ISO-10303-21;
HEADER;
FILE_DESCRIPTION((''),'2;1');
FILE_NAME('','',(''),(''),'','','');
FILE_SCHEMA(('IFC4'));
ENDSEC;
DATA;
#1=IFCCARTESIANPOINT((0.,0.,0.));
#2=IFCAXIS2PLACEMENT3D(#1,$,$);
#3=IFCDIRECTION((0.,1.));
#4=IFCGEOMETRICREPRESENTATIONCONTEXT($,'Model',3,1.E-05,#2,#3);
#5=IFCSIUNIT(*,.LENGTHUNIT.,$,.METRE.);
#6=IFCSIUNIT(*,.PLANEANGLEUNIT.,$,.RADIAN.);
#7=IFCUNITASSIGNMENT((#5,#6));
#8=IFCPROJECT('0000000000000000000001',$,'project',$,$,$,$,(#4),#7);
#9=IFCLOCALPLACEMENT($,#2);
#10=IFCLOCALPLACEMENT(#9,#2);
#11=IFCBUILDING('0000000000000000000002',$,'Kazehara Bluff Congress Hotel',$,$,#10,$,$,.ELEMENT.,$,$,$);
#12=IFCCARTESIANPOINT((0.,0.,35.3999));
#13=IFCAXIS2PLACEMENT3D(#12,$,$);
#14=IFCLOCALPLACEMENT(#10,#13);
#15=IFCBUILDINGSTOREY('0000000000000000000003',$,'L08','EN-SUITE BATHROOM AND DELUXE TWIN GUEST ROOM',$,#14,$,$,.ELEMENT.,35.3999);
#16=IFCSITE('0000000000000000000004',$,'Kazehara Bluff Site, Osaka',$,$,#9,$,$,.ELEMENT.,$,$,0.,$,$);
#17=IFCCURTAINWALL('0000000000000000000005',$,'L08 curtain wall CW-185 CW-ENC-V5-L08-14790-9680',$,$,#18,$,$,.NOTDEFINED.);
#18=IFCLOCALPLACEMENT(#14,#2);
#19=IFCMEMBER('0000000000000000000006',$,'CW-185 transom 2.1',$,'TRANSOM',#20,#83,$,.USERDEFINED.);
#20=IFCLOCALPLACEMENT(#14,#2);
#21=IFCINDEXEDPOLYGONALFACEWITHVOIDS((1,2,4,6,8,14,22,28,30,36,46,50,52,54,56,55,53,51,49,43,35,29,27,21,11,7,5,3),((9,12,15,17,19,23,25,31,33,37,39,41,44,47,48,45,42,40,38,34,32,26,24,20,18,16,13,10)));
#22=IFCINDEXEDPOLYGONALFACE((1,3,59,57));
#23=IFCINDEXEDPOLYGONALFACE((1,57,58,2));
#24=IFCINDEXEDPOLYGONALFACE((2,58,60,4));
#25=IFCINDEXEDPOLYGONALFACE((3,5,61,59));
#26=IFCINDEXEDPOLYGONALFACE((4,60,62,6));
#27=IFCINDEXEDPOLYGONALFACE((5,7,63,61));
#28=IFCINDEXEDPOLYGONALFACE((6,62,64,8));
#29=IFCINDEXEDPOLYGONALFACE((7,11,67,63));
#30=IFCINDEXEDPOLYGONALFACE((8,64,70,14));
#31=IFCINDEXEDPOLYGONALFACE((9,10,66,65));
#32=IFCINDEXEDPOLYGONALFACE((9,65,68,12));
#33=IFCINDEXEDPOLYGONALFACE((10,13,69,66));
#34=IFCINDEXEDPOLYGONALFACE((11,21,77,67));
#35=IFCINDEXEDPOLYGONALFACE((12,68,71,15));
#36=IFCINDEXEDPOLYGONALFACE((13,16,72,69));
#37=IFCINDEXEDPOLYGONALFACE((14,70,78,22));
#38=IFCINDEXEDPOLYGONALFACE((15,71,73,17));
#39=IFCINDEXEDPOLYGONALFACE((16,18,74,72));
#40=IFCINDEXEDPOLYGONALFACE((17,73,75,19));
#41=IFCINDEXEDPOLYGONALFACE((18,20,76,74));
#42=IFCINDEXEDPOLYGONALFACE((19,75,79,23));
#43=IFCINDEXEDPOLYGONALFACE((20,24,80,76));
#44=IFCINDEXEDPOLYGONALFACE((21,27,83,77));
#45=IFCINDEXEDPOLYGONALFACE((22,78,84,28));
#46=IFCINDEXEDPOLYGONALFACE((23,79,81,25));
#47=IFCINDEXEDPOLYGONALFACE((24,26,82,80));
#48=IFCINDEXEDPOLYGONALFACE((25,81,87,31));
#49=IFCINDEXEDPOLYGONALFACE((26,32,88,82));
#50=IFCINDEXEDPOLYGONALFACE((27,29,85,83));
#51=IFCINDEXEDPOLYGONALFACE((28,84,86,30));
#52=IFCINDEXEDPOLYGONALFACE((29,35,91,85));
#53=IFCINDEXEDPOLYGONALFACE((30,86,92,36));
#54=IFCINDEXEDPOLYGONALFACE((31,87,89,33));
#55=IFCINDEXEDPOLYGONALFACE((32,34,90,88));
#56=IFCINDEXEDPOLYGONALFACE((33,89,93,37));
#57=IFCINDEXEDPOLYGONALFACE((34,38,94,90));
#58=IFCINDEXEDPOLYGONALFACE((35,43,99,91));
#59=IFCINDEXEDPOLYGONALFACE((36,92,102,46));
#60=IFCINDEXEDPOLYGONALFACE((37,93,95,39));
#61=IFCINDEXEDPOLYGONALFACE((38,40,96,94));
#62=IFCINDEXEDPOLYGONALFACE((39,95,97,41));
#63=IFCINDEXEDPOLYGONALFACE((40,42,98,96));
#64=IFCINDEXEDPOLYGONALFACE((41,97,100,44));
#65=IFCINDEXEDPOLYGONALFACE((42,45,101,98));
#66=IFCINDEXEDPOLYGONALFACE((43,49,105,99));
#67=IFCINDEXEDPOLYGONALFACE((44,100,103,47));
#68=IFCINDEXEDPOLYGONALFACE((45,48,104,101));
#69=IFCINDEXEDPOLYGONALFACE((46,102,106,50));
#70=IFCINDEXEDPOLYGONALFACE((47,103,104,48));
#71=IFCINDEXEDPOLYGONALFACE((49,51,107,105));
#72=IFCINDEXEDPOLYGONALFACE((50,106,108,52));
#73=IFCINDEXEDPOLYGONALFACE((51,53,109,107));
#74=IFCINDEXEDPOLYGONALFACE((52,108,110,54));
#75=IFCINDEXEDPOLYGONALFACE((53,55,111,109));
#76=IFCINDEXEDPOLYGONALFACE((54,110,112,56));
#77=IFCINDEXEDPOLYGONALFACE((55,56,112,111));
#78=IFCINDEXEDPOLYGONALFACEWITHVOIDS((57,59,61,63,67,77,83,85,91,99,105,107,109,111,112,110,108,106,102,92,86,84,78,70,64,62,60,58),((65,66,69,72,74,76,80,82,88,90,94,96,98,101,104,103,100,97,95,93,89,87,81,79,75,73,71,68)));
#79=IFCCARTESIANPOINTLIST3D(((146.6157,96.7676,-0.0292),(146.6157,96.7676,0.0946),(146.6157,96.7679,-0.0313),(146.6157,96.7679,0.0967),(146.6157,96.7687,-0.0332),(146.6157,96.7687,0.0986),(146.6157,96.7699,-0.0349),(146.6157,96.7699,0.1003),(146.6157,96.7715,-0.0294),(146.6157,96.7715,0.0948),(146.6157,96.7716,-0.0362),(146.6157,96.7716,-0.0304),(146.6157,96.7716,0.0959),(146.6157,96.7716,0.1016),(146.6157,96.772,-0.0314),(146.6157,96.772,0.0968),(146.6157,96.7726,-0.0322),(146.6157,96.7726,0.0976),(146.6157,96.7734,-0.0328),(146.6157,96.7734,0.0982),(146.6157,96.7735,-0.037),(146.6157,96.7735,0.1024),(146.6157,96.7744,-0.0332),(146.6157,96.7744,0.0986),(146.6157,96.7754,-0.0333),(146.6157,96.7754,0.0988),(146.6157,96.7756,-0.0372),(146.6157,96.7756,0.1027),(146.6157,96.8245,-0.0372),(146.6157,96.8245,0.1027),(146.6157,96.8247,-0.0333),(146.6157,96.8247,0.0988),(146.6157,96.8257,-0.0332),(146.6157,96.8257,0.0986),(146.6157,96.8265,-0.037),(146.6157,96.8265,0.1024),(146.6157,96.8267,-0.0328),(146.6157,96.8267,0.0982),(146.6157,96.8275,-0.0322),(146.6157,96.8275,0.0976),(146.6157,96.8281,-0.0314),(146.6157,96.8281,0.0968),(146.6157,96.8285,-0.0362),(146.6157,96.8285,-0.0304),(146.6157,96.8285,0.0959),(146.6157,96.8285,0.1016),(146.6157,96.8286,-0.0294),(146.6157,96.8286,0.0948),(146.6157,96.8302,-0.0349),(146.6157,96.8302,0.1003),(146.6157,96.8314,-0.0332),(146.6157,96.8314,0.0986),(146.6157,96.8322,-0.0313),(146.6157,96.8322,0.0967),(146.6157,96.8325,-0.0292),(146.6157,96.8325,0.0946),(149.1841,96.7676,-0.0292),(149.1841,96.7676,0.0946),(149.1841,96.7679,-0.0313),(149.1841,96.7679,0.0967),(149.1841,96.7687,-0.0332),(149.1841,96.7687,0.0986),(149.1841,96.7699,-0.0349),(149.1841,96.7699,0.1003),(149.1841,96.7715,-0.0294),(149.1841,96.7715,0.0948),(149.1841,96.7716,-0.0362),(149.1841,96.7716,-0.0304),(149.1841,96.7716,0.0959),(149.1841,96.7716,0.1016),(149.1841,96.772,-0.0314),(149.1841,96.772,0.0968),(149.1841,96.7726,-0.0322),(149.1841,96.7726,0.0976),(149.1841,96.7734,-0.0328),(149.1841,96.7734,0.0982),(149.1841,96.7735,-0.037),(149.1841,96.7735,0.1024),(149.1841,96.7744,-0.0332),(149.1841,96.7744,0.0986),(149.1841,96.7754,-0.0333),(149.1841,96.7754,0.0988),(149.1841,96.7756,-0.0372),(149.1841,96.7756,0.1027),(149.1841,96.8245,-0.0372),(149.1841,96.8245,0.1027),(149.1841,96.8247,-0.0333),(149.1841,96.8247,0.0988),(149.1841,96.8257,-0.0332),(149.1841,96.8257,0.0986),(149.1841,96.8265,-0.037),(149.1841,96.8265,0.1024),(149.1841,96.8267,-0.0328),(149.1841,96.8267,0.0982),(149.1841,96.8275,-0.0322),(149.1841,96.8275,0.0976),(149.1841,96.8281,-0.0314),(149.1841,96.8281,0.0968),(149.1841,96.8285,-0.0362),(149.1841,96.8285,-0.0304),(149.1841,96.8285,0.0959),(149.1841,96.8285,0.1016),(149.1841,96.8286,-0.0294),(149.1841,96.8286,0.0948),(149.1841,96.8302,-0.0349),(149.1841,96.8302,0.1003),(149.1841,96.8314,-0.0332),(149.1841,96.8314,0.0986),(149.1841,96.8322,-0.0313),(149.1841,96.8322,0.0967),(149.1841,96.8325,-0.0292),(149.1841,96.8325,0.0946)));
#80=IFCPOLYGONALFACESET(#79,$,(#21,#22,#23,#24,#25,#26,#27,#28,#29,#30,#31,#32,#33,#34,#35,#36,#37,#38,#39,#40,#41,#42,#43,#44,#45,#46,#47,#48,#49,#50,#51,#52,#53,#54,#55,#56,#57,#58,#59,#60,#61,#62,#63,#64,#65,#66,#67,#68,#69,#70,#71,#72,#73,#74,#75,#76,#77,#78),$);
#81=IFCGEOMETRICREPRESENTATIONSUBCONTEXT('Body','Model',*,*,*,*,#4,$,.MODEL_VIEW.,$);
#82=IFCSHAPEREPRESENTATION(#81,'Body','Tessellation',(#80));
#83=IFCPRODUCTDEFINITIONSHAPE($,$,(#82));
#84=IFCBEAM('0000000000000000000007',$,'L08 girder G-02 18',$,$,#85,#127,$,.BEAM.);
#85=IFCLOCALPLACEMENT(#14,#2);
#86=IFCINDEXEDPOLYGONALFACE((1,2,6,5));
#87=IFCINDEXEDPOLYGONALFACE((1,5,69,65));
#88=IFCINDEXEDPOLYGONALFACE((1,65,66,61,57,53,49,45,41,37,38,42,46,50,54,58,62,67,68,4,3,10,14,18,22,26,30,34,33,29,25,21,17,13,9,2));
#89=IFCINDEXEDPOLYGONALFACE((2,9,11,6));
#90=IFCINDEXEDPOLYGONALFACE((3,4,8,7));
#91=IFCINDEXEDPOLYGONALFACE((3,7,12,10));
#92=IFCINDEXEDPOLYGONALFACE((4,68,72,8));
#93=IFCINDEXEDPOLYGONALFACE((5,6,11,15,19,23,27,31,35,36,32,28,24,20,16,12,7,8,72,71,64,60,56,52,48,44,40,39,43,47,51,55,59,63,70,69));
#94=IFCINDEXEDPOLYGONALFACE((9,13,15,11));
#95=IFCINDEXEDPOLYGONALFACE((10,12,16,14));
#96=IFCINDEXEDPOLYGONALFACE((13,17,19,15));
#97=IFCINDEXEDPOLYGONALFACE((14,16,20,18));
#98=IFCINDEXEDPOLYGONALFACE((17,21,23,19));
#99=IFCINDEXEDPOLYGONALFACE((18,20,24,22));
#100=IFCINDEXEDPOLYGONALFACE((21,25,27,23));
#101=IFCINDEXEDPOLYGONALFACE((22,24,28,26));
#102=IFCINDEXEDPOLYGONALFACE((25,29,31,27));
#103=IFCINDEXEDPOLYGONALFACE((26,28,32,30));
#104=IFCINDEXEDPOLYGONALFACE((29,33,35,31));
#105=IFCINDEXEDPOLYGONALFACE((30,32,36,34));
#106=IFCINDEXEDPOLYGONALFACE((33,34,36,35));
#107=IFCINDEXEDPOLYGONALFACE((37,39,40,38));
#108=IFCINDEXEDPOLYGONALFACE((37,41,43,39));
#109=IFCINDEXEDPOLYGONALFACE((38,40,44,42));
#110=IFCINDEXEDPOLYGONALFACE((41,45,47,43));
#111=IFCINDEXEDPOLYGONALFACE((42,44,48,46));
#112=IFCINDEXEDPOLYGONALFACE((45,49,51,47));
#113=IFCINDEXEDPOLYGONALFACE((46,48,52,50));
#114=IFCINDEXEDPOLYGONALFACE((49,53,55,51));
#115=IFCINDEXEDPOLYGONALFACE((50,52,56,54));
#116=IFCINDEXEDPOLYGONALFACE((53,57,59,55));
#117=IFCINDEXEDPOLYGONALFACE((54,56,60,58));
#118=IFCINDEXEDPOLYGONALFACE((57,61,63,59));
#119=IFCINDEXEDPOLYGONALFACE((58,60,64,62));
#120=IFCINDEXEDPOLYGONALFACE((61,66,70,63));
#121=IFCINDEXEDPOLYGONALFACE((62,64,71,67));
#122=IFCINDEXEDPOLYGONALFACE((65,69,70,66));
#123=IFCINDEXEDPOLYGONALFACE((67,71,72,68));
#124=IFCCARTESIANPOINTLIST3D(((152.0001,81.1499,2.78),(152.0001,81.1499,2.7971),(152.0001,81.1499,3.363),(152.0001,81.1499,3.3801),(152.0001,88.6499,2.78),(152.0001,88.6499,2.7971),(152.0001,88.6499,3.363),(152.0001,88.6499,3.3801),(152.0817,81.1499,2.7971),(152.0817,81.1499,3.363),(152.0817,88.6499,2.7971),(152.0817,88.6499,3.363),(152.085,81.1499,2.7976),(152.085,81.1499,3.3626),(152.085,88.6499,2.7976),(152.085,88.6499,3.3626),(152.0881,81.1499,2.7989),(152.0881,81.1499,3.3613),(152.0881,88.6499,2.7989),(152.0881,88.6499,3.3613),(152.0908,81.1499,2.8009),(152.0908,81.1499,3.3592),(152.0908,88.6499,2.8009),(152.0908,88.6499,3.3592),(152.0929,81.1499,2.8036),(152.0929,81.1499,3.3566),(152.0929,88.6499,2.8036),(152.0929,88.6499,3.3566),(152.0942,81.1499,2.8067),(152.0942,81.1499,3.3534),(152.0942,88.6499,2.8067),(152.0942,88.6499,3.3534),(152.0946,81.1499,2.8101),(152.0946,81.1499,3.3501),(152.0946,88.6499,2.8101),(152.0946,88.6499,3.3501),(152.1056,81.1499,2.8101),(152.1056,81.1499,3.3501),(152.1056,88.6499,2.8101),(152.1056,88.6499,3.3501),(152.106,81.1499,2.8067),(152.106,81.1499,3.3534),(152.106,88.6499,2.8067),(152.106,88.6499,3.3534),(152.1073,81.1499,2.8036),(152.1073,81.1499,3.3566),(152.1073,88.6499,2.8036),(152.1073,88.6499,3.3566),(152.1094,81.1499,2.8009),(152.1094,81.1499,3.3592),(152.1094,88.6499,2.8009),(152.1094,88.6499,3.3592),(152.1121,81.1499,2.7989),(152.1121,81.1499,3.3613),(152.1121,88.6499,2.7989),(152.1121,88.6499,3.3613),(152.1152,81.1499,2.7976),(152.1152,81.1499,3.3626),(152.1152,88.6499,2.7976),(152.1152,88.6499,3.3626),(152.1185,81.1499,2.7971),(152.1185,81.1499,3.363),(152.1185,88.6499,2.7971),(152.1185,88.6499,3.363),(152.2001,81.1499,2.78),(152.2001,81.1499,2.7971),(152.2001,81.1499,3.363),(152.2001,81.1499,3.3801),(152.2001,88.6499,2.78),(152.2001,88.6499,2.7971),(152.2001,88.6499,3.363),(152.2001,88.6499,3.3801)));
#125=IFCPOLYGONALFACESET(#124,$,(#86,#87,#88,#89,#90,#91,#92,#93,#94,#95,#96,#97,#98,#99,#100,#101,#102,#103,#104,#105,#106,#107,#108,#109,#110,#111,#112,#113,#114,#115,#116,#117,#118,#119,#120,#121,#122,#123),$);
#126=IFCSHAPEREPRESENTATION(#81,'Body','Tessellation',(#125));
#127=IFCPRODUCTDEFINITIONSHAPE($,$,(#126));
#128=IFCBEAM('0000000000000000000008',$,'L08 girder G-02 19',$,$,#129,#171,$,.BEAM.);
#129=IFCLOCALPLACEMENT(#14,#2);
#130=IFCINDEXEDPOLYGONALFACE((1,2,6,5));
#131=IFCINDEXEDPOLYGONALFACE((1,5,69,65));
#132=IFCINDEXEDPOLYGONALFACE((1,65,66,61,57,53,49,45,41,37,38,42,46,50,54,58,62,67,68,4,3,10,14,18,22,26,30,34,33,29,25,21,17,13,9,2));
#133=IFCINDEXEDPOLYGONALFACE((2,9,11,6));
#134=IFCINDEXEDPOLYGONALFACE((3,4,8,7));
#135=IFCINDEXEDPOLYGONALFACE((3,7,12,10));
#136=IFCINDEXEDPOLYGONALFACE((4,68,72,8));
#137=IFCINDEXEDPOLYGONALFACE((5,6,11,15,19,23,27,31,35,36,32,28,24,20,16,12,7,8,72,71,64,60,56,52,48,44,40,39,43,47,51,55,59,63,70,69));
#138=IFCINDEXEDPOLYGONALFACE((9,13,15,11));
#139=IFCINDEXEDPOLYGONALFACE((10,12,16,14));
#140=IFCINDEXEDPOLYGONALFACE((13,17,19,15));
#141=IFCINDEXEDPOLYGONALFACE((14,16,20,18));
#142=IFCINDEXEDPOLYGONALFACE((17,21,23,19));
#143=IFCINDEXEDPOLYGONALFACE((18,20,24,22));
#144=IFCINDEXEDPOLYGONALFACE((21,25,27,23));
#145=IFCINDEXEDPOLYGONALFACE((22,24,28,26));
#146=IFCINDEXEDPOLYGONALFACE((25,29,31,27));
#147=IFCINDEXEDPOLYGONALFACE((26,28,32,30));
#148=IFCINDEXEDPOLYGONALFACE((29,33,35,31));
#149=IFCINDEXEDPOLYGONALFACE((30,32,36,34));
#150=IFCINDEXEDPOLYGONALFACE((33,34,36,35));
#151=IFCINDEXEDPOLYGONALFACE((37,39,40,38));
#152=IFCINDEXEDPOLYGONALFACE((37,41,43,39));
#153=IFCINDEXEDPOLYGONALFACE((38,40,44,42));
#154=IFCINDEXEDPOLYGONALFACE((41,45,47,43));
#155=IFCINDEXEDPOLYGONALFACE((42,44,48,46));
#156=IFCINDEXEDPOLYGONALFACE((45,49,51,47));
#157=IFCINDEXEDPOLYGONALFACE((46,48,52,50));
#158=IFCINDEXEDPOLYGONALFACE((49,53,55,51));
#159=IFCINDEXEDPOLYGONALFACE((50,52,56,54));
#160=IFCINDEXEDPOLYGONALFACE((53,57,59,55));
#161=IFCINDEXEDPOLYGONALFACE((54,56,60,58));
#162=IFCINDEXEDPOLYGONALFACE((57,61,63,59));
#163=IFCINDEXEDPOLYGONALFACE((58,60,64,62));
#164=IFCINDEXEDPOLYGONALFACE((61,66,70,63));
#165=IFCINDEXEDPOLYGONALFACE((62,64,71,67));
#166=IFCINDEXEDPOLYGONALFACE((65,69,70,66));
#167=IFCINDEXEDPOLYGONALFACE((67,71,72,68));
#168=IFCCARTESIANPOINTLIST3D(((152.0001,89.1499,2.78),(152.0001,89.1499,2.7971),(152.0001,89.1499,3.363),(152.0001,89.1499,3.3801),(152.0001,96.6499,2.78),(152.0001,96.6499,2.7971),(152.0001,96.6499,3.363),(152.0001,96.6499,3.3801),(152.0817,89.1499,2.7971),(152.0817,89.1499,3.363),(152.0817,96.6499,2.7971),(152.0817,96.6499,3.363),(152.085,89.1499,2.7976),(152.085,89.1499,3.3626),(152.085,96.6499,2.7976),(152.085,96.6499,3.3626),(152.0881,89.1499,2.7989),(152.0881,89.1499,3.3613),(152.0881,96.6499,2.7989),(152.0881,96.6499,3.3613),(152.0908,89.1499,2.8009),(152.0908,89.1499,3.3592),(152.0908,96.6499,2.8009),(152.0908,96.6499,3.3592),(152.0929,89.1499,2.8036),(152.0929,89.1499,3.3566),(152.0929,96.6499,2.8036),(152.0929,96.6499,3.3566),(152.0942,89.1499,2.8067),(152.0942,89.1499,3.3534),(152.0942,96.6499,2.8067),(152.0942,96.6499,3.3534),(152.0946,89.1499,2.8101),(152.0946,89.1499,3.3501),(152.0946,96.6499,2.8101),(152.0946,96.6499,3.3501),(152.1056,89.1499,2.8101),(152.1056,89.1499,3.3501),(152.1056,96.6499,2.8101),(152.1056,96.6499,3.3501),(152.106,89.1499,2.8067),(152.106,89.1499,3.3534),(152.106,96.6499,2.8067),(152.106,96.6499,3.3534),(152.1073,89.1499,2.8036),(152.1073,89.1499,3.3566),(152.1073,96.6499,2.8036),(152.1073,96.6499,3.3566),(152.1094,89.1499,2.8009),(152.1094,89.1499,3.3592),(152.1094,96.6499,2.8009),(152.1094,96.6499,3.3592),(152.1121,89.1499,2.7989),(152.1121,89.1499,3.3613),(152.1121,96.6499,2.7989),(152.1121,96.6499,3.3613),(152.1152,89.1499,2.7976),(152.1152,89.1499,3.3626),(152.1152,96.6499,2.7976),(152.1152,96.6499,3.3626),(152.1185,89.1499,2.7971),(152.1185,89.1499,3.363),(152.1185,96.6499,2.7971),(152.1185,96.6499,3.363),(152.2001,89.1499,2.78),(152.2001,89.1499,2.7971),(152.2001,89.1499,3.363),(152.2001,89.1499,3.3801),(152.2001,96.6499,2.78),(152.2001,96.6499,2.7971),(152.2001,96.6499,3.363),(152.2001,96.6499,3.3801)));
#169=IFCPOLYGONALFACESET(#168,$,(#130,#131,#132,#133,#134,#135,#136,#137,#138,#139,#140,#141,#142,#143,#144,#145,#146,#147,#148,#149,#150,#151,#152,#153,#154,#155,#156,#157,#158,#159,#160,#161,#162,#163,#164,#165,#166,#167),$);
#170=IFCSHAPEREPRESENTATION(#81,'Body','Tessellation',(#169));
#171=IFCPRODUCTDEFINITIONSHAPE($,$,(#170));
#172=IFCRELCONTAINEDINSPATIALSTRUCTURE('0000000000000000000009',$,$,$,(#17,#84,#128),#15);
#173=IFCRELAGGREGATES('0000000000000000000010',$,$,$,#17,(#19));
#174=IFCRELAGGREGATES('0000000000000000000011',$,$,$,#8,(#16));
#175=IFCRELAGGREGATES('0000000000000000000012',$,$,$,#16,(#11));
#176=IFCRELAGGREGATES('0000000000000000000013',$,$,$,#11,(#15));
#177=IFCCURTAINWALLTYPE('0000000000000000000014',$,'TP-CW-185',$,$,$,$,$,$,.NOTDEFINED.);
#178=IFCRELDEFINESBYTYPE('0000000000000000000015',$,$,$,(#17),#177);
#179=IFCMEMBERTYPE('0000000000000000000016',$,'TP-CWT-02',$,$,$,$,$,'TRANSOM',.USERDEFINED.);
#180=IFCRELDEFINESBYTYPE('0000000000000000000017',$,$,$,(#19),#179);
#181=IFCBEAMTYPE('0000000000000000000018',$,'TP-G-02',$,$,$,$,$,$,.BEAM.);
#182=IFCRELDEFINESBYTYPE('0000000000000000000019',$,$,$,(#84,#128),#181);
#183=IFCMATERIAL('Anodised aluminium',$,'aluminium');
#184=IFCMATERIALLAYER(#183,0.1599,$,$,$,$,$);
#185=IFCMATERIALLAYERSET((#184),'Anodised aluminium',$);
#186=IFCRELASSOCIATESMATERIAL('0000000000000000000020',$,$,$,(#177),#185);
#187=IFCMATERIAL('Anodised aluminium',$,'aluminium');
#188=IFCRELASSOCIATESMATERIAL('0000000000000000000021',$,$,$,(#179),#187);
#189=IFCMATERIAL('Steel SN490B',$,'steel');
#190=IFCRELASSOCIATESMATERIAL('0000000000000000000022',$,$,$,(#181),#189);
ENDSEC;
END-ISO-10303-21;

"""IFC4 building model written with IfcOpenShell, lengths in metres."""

from ifc_helpers import new_model, si_unit, direction, frame, origin, origin_2d, place, context, subcontext, project, spatial, hollow_rectangle, i_section, extrude, material, layer, layer_set, material_profile, profile_set, type_object, element, aggregate, save


model = new_model("IFC4")

# Units and contexts
model_context = context("Model", 3, precision=1e-05, world=origin(), true_north=direction((0.0, 1.0)))
body_context = subcontext(model_context, "Body", "Model", "MODEL_VIEW")
ifc_project = project(units=[si_unit("LENGTHUNIT", "METRE"), si_unit("PLANEANGLEUNIT", "RADIAN")], contexts=[model_context])

# Site, building, storey
site_placement = place(None, origin())
site = spatial("IfcSite", under=ifc_project, at=site_placement, Name="Kazehara Bluff Site, Osaka", CompositionType="ELEMENT", RefElevation=0.0)
building_placement = place(site_placement, origin())
building = spatial("IfcBuilding", under=site, at=building_placement, Name="Kazehara Bluff Congress Hotel", CompositionType="ELEMENT")
storey_placement = place(building_placement, frame((0.0, 0.0, 35.3999)))
storey = spatial("IfcBuildingStorey", under=building, at=storey_placement, Name="L08", Description="EN-SUITE BATHROOM AND DELUXE TWIN GUEST ROOM", CompositionType="ELEMENT", Elevation=35.3999)

# Curtain wall, member
ifc_material_1 = material(Name="Anodised aluminium", Category="aluminium")
ifc_layer_1 = layer(ifc_material_1, 0.1599)
ifc_layer_set_1 = layer_set([ifc_layer_1], Name="Anodised aluminium")
curtain_wall_type = type_object("IfcCurtainWallType", Name="TP-CW-185", PredefinedType="NOTDEFINED", material=ifc_layer_set_1)
curtain_wall_placement = place(storey_placement, origin())
curtain_wall = element("IfcCurtainWall", 1, at=curtain_wall_placement, inside=storey, type_object=curtain_wall_type, Name="L08 curtain wall CW-185 CW-ENC-V5-L08-14790-9680", PredefinedType="NOTDEFINED")
ifc_material_2 = material(Name="Anodised aluminium", Category="aluminium")
ifc_material_profile_1 = material_profile(ifc_material_2, hollow_rectangle(XDim=0.0649, YDim=0.1399, WallThickness=0.0039, InnerFilletRadius=0.0039, OuterFilletRadius=0.0081, at=origin_2d()))
ifc_profile_set_1 = profile_set([ifc_material_profile_1], Name="Anodised aluminium")
member_type_1 = type_object("IfcMemberType", Name="TP-CWT-02", ElementType="TRANSOM", PredefinedType="USERDEFINED", material=ifc_profile_set_1)
member_1_placement = place(storey_placement, frame((146.6157, 96.8, 0.0327), z_axis=(1.0, 0.0, 0.0), x_axis=(0.0, 1.0, 0.0)))
member_1 = element("IfcMember", 2, at=member_1_placement, type_object=member_type_1, Name="CW-185 transom 2.1", ObjectType="TRANSOM", PredefinedType="USERDEFINED", context=body_context, shape_type="SweptSolid", body=[
    extrude(hollow_rectangle(XDim=0.0649, YDim=0.1399, WallThickness=0.0039, InnerFilletRadius=0.0039, OuterFilletRadius=0.0081, at=origin_2d()), origin(), (0.0, 0.0, 1.0), 2.5684),
])

# Beams
ifc_material_3 = material(Name="Steel SN490B", Category="steel")
ifc_material_profile_2 = material_profile(ifc_material_3, i_section(OverallWidth=0.2, OverallDepth=0.6001, WebThickness=0.011, FlangeThickness=0.0171, FilletRadius=0.0129, at=origin_2d()))
ifc_profile_set_2 = profile_set([ifc_material_profile_2], Name="Steel SN490B")
beam_type_1 = type_object("IfcBeamType", Name="TP-G-02", PredefinedType="BEAM", material=ifc_profile_set_2)
for number, where, z_axis, x_axis, name in (
    (3, (152.1001, 81.1499, 3.0801), (0.0, 1.0, 0.0), (-1.0, 0.0, 0.0), "L08 girder G-02 18"),
    (4, (152.1001, 89.1499, 3.0801), (0.0, 1.0, 0.0), (-1.0, 0.0, 0.0), "L08 girder G-02 19"),
):
    element("IfcBeam", number, at=place(storey_placement, frame(where, z_axis=z_axis, x_axis=x_axis)), inside=storey, type_object=beam_type_1, Name=name, PredefinedType="BEAM", context=body_context, shape_type="SweptSolid", body=[
        extrude(i_section(OverallWidth=0.2, OverallDepth=0.6001, WebThickness=0.011, FlangeThickness=0.0171, FilletRadius=0.0129, at=origin_2d()), origin(), (0.0, 0.0, 1.0), 7.5),
    ])

aggregate(curtain_wall, [member_1])

save(model, "model.ifc")
